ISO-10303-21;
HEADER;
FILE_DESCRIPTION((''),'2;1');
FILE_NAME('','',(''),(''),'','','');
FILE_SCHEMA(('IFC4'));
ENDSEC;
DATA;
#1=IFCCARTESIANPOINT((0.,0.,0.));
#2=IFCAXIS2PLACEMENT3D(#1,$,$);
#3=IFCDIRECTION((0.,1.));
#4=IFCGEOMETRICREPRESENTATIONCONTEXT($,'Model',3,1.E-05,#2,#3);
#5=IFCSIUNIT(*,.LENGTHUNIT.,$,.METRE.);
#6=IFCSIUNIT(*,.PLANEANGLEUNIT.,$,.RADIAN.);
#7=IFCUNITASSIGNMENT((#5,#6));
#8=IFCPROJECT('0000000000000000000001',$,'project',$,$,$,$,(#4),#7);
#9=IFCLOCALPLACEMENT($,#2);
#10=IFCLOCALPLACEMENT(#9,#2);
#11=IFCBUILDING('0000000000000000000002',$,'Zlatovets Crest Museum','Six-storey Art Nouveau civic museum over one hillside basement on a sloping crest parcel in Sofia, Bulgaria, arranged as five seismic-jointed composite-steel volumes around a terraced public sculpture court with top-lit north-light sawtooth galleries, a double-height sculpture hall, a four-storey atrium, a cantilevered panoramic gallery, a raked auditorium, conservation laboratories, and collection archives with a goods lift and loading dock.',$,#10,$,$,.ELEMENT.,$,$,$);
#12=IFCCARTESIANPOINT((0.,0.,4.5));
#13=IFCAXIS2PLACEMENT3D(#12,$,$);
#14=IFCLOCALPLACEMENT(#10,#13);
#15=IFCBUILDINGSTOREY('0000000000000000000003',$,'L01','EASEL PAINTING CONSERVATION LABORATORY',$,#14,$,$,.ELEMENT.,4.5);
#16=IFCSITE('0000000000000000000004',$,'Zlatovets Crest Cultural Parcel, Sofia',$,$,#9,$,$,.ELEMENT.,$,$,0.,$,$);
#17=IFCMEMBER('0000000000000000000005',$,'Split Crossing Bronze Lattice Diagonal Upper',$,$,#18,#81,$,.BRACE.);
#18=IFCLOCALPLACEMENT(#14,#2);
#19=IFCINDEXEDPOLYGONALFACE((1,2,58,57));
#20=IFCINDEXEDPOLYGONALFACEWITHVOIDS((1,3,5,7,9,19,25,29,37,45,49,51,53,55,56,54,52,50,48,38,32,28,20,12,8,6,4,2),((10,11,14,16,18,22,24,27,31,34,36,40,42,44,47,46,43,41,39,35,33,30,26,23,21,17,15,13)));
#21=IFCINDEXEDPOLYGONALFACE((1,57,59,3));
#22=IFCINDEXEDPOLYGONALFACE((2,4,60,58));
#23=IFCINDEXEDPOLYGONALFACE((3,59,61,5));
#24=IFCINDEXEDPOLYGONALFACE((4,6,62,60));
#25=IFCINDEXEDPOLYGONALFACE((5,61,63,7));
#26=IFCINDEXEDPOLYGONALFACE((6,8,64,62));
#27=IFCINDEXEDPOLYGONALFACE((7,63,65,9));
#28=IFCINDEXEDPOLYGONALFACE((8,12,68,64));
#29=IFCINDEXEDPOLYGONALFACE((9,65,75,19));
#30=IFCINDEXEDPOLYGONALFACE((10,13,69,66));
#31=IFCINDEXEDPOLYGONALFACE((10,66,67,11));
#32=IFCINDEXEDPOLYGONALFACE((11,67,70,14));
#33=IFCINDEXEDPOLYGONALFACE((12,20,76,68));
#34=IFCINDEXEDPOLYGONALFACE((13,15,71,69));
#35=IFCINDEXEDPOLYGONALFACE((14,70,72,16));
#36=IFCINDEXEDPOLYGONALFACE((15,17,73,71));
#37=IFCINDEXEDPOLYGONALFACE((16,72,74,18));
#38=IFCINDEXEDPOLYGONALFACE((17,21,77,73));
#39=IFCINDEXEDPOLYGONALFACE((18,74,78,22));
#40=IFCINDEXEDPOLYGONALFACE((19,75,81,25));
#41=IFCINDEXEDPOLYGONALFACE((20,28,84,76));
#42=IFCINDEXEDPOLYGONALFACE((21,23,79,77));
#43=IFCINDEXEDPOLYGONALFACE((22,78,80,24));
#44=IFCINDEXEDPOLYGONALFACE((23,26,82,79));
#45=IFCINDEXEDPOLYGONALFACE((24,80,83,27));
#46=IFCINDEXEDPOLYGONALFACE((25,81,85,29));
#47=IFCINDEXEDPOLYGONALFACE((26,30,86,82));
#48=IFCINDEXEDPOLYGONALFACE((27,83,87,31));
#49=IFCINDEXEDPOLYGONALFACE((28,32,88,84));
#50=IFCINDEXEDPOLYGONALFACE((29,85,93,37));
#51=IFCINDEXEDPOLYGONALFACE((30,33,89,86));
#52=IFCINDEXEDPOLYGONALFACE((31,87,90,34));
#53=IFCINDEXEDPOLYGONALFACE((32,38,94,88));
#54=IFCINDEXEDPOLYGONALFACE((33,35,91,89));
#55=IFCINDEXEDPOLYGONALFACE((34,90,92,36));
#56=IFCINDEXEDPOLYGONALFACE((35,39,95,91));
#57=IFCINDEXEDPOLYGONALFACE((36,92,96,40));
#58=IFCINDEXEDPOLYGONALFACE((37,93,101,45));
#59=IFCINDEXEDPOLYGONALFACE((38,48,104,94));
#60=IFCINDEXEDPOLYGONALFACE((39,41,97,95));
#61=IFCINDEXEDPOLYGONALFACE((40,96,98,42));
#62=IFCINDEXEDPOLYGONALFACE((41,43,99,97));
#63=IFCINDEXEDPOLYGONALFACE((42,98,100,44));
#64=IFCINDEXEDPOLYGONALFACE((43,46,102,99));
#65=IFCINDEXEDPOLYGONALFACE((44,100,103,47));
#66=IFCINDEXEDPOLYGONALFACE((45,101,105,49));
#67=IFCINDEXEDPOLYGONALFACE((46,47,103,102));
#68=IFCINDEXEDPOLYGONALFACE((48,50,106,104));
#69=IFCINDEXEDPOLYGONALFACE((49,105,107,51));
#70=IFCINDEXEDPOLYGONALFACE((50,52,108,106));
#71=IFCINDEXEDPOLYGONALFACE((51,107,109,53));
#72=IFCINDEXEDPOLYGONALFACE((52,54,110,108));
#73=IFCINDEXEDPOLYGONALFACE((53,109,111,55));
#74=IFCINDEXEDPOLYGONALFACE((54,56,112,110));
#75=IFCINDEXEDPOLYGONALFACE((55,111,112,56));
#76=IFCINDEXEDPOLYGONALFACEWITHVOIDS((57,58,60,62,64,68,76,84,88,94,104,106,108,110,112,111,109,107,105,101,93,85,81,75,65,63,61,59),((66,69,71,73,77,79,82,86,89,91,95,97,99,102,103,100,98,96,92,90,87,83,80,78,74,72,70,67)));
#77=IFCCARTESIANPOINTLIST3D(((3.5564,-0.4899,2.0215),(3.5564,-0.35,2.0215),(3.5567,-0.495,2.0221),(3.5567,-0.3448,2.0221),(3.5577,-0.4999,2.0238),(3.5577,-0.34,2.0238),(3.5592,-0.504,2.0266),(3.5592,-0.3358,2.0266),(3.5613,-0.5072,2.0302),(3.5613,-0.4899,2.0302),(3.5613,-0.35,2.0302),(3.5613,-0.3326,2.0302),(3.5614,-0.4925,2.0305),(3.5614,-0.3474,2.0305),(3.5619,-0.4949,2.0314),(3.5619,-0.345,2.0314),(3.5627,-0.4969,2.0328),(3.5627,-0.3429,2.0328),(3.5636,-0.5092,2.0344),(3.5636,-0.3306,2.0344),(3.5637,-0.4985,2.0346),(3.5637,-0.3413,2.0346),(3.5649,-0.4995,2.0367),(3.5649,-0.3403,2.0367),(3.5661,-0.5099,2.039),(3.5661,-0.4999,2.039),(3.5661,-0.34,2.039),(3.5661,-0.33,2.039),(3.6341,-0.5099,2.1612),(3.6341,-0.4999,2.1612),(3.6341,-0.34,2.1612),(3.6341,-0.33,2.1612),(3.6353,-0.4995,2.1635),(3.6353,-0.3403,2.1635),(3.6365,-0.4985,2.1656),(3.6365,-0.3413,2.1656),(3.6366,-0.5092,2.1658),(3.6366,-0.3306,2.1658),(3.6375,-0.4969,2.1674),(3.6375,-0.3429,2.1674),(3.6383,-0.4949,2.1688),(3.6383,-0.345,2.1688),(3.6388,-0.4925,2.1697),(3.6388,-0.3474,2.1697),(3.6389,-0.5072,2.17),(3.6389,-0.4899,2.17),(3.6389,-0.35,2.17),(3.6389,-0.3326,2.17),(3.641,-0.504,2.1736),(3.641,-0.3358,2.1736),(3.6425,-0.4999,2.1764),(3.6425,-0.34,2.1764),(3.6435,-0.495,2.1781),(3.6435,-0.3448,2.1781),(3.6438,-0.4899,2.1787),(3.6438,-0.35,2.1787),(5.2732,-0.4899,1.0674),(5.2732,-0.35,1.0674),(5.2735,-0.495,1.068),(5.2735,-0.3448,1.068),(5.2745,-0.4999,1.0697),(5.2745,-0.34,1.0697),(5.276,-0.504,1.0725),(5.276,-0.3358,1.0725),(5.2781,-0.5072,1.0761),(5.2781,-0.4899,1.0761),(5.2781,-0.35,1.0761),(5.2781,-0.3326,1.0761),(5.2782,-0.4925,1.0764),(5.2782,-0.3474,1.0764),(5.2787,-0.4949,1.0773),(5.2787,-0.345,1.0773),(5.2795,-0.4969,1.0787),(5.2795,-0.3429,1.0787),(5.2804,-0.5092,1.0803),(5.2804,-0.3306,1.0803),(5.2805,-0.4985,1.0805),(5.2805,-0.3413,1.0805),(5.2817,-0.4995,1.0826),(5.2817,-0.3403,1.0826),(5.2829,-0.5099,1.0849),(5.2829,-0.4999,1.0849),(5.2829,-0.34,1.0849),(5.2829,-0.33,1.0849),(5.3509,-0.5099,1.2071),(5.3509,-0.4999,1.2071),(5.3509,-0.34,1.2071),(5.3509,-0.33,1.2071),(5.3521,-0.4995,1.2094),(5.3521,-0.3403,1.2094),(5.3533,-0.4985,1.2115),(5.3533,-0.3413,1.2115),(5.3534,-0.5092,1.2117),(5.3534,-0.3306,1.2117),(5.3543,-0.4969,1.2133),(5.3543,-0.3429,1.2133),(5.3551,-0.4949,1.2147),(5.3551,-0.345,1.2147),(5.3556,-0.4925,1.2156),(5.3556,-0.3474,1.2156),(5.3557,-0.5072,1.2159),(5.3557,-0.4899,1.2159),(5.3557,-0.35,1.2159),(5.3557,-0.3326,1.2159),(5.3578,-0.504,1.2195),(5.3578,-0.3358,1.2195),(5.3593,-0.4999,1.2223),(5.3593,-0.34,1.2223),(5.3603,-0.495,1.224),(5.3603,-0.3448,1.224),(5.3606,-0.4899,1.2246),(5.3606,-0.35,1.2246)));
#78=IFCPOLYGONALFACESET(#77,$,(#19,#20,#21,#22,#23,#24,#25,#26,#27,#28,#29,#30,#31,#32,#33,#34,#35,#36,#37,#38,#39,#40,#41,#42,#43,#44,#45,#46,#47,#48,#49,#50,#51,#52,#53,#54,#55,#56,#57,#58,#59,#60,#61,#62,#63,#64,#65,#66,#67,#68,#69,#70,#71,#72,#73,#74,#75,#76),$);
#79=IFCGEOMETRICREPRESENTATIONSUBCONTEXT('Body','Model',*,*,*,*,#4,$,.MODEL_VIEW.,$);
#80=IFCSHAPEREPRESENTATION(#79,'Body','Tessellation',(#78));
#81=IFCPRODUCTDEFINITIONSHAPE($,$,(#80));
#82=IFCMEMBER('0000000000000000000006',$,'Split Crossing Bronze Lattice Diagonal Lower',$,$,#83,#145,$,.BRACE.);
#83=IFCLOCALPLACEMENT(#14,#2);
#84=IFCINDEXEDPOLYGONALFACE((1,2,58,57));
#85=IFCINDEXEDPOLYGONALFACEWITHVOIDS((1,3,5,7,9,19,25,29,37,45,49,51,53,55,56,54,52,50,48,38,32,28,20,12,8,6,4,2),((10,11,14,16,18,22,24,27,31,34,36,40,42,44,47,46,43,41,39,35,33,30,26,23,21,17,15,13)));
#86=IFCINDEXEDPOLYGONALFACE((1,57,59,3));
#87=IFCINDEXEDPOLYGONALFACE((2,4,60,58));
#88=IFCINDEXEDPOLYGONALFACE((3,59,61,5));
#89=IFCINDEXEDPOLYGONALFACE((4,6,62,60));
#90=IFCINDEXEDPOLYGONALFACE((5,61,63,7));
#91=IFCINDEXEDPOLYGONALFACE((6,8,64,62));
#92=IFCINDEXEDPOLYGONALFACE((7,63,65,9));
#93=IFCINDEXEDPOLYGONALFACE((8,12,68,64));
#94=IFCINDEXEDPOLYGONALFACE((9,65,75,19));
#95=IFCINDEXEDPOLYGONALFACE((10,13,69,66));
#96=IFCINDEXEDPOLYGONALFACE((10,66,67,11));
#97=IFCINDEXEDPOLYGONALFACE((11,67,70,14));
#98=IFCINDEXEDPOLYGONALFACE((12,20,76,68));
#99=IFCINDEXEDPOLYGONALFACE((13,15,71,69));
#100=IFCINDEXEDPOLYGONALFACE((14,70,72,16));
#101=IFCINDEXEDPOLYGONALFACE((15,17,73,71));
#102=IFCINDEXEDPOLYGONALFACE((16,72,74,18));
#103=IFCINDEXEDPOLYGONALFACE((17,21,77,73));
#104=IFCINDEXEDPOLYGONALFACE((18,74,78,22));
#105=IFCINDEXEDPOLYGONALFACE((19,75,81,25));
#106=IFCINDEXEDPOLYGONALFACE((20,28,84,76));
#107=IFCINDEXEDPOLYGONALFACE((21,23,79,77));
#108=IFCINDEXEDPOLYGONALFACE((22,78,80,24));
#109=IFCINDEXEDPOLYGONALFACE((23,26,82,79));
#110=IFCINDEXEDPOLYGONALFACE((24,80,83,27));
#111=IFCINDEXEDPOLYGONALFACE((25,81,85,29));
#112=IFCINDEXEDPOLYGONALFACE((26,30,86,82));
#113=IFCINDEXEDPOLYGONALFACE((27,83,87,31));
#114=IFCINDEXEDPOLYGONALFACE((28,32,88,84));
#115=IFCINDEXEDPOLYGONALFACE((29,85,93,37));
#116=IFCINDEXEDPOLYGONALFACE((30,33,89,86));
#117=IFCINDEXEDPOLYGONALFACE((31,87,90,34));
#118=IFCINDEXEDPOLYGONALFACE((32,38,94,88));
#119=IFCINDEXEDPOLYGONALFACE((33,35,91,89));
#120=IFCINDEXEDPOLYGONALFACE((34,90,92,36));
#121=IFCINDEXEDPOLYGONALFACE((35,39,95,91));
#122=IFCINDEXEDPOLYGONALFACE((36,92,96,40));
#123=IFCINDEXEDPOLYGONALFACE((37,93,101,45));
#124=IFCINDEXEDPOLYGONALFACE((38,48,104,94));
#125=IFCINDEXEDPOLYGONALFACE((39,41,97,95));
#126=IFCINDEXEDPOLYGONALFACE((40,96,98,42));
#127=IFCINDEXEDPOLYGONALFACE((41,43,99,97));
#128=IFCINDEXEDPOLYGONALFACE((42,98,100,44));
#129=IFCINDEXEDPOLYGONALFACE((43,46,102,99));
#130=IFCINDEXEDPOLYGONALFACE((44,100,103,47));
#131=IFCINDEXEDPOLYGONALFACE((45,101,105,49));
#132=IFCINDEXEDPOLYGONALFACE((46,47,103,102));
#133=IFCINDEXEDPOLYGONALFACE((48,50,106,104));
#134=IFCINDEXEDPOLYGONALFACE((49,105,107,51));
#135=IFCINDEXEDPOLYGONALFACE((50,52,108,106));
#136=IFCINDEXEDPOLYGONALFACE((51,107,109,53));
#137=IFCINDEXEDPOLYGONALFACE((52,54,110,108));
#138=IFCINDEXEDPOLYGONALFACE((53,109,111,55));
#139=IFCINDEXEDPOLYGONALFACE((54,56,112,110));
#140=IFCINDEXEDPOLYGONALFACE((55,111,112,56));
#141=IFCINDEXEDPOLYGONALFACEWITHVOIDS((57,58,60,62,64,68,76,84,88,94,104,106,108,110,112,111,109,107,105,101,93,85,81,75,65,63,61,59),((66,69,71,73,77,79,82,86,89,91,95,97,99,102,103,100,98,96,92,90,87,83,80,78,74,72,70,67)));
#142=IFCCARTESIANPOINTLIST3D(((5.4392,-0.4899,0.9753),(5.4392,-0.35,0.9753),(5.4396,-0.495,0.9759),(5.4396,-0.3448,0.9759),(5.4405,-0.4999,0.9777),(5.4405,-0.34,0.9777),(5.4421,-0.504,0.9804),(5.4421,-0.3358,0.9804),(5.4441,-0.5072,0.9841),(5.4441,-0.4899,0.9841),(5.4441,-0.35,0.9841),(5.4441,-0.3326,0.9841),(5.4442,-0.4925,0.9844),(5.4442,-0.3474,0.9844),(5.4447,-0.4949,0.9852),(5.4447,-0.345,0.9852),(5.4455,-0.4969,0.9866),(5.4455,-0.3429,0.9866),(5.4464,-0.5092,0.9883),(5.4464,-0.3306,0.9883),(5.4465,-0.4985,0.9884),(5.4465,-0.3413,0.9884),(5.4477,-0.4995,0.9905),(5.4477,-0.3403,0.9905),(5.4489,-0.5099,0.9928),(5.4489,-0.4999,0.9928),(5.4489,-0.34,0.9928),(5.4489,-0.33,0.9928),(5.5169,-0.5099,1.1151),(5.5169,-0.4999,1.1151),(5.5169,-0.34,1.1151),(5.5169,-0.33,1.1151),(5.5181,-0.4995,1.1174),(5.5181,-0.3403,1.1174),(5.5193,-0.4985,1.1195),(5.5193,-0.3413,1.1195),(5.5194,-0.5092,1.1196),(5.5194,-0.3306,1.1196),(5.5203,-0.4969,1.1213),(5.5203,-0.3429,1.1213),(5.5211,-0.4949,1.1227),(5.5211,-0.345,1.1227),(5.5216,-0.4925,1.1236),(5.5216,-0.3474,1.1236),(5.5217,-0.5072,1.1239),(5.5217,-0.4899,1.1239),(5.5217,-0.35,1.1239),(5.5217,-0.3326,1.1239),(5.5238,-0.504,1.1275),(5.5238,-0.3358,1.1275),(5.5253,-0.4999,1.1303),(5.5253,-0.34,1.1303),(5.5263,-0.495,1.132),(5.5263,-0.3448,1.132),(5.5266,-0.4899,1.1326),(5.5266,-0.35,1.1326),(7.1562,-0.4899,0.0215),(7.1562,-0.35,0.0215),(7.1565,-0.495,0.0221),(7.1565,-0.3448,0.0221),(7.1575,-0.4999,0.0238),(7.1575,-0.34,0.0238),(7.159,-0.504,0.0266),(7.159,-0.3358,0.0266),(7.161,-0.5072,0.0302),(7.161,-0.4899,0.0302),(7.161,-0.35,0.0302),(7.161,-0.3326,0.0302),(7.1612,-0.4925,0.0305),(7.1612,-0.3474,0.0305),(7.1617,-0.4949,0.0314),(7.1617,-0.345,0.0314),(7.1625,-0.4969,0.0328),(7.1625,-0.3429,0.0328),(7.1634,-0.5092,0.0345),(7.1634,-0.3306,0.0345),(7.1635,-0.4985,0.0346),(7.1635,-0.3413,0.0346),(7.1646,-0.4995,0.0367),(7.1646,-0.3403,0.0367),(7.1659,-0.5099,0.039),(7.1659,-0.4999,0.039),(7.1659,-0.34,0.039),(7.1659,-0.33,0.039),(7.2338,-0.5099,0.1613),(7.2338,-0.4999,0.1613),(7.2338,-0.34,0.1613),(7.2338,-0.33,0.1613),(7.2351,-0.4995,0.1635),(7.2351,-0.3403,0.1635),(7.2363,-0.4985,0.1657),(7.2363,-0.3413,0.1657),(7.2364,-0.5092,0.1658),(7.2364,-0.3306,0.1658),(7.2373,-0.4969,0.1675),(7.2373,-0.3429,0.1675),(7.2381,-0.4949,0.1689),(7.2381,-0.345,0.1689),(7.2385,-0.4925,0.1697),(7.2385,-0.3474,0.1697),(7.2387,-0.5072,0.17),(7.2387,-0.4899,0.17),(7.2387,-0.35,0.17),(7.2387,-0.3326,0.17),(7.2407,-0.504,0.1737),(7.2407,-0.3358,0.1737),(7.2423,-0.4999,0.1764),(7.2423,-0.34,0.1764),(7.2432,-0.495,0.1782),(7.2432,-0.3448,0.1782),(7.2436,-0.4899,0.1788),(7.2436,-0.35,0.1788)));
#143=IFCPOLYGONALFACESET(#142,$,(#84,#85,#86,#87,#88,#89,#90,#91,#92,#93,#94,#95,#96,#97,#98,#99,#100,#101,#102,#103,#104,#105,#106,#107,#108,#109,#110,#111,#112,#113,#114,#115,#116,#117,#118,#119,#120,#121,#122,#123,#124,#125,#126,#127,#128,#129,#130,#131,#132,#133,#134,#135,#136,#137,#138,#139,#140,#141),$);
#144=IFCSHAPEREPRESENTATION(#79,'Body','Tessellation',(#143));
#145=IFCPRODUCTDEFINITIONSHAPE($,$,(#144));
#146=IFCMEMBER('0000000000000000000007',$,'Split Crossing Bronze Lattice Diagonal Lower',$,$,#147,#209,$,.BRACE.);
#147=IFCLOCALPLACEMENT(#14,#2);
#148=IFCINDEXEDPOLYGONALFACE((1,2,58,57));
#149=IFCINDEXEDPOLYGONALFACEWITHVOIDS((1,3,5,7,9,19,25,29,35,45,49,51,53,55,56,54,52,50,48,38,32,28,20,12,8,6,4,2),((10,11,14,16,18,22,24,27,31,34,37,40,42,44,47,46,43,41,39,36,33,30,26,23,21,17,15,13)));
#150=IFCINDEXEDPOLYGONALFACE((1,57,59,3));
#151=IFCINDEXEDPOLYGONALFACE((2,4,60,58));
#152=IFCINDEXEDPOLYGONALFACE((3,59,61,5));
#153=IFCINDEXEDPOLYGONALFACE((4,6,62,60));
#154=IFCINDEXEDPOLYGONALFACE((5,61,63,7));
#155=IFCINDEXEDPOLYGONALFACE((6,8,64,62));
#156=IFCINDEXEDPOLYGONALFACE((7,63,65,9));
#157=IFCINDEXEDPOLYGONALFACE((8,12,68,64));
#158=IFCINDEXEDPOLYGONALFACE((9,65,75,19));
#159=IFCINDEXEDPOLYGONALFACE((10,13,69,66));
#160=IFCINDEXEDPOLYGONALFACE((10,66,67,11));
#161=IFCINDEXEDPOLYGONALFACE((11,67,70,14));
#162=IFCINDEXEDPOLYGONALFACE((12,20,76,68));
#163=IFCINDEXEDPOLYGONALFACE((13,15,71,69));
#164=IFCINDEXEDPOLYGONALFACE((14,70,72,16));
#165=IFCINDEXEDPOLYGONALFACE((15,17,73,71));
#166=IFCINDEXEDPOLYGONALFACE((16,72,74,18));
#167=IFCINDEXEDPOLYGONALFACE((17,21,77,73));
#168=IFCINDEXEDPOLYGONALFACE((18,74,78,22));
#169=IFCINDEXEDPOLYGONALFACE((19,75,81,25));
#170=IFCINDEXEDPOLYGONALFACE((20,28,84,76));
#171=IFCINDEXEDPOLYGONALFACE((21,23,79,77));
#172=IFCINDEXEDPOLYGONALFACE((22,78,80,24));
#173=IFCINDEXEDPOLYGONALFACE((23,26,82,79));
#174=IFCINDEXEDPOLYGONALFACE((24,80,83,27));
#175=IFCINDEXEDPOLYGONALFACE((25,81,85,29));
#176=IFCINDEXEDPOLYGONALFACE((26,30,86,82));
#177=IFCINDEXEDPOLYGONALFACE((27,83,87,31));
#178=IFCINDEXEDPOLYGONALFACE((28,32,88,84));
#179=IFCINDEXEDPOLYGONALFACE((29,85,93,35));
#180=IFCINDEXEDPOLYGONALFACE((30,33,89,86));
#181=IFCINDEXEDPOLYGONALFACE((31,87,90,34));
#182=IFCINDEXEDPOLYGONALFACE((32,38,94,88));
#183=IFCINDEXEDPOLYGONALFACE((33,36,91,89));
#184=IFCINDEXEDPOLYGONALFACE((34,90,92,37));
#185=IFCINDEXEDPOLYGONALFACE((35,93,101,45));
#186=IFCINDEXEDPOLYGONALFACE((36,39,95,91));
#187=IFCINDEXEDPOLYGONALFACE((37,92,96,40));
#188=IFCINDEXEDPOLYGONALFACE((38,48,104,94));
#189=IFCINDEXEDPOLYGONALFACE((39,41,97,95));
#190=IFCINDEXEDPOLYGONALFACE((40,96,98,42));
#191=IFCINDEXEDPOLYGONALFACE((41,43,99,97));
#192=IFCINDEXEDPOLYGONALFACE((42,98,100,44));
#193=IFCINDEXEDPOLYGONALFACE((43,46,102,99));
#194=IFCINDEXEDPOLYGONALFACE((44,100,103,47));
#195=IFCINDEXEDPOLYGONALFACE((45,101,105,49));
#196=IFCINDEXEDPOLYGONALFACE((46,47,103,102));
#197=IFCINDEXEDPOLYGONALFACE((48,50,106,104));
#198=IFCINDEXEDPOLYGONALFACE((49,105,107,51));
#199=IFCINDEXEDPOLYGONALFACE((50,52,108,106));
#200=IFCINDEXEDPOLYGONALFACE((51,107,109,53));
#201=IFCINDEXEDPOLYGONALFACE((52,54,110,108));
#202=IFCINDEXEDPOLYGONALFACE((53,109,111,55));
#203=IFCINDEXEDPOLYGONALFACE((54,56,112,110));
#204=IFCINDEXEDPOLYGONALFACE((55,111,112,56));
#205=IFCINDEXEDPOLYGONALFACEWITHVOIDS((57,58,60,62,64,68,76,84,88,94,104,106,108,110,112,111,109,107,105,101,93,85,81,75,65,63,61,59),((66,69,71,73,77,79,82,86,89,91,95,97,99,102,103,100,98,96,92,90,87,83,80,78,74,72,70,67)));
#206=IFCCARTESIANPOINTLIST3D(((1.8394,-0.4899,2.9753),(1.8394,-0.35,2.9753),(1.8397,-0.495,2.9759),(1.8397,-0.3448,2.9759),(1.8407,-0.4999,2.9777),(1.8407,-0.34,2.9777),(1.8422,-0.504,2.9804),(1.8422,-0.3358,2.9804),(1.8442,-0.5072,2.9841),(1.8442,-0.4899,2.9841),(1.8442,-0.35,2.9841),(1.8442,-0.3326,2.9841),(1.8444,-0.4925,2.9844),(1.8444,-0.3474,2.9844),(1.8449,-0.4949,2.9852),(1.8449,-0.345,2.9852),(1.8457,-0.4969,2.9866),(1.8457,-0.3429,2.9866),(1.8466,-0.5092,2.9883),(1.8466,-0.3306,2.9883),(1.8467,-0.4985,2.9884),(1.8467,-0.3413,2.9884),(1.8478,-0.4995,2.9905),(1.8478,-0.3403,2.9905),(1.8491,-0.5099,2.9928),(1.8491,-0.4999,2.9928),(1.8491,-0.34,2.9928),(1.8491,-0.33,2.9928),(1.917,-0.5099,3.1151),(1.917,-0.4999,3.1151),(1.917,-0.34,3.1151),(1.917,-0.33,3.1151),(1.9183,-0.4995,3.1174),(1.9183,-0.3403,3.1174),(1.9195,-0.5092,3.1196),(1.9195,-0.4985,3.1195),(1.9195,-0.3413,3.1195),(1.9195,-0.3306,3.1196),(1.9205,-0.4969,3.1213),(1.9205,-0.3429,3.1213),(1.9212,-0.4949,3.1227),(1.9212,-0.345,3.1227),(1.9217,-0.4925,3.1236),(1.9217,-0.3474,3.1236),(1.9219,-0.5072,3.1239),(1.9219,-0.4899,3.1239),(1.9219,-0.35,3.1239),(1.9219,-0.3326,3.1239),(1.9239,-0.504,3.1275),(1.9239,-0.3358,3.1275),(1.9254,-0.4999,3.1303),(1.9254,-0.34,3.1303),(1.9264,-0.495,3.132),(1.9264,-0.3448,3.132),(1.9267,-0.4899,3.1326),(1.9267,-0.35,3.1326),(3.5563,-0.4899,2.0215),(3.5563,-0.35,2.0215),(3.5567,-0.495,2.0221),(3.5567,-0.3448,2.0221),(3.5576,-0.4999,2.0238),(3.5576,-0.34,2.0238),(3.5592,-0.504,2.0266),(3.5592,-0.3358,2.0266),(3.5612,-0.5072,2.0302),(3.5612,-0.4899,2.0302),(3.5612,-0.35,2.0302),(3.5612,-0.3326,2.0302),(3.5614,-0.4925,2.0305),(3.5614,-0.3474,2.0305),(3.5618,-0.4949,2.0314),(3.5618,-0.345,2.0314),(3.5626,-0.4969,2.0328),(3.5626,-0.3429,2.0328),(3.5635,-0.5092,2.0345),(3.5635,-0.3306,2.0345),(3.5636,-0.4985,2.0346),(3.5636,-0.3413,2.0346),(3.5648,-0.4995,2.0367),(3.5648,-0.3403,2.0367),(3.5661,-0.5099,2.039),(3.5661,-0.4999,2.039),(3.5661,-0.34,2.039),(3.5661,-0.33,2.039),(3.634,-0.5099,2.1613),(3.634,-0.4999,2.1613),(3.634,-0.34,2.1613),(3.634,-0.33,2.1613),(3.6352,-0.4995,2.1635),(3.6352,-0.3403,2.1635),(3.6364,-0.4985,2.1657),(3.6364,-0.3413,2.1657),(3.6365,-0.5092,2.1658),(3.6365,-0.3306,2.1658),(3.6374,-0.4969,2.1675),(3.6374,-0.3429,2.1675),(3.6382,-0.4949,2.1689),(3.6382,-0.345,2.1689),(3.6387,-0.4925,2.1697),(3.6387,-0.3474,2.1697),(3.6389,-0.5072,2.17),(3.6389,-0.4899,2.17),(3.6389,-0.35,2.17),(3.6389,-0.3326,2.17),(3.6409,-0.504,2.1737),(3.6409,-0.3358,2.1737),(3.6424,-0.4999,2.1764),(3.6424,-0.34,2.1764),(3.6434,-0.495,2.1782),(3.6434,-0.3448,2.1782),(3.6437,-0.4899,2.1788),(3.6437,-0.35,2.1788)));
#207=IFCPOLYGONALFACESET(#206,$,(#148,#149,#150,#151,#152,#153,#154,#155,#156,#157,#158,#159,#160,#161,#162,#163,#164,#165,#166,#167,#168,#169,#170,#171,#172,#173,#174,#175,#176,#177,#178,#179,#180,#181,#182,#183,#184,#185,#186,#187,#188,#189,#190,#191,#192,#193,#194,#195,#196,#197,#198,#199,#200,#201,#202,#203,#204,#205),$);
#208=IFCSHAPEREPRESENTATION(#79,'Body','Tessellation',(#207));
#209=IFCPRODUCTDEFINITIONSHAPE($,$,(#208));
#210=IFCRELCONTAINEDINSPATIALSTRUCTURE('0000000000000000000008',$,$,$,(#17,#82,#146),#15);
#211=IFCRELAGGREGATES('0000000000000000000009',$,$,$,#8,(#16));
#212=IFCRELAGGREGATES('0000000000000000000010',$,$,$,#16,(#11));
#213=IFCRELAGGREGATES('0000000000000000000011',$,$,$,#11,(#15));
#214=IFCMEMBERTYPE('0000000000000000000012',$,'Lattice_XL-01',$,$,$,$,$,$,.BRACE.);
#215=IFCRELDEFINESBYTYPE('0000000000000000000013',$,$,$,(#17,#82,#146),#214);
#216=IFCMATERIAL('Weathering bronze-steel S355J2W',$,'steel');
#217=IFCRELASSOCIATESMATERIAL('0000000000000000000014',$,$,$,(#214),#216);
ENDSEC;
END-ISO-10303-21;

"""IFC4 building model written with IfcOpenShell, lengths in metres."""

from ifc_helpers import new_model, si_unit, direction, frame, origin, origin_2d, place, context, subcontext, project, spatial, hollow_rectangle, extrude, material, material_profile, profile_set, type_object, element, save


model = new_model("IFC4")

# Units and contexts
model_context = context("Model", 3, precision=1e-05, world=origin(), true_north=direction((0.0, 1.0)))
body_context = subcontext(model_context, "Body", "Model", "MODEL_VIEW")
ifc_project = project(units=[si_unit("LENGTHUNIT", "METRE"), si_unit("PLANEANGLEUNIT", "RADIAN")], contexts=[model_context])

# Site, building, storey
site_placement = place(None, origin())
site = spatial("IfcSite", under=ifc_project, at=site_placement, Name="Zlatovets Crest Cultural Parcel, Sofia", CompositionType="ELEMENT", RefElevation=0.0)
building_placement = place(site_placement, origin())
building = spatial("IfcBuilding", under=site, at=building_placement, Name="Zlatovets Crest Museum", Description="Six-storey Art Nouveau civic museum over one hillside basement on a sloping crest parcel in Sofia, Bulgaria, arranged as five seismic-jointed composite-steel volumes around a terraced public sculpture court with top-lit north-light sawtooth galleries, a double-height sculpture hall, a four-storey atrium, a cantilevered panoramic gallery, a raked auditorium, conservation laboratories, and collection archives with a goods lift and loading dock.", CompositionType="ELEMENT")
storey_placement = place(building_placement, frame((0.0, 0.0, 4.5)))
storey = spatial("IfcBuildingStorey", under=building, at=storey_placement, Name="L01", Description="EASEL PAINTING CONSERVATION LABORATORY", CompositionType="ELEMENT", Elevation=4.5)

# Members
ifc_material_1 = material(Name="Weathering bronze-steel S355J2W", Category="steel")
ifc_material_profile_1 = material_profile(ifc_material_1, hollow_rectangle(XDim=0.1799, YDim=0.1799, WallThickness=0.01, InnerFilletRadius=0.01, OuterFilletRadius=0.02, at=origin_2d()), Name="SHS 180x180x10.0")
ifc_profile_set_1 = profile_set([ifc_material_profile_1], Name="Weathering bronze-steel S355J2W")
member_type_1 = type_object("IfcMemberType", Name="Lattice_XL-01", PredefinedType="BRACE", material=ifc_profile_set_1)
for number, where, z_axis, x_axis, name in (
    (1, (3.6001, -0.4199, 2.1001), (0.874087, 0.0, -0.48577), (0.0, 1.0, 0.0), "Split Crossing Bronze Lattice Diagonal Upper"),
    (2, (5.4829, -0.4199, 1.054), (0.874169, 0.0, -0.485622), (0.0, 1.0, 0.0), "Split Crossing Bronze Lattice Diagonal Lower"),
    (3, (1.8831, -0.4199, 3.054), (0.874169, 0.0, -0.485622), (0.0, 1.0, 0.0), "Split Crossing Bronze Lattice Diagonal Lower"),
):
    element("IfcMember", number, at=place(storey_placement, frame(where, z_axis=z_axis, x_axis=x_axis)), inside=storey, type_object=member_type_1, Name=name, PredefinedType="BRACE", context=body_context, shape_type="SweptSolid", body=[
        extrude(hollow_rectangle(XDim=0.1799, YDim=0.1799, WallThickness=0.01, InnerFilletRadius=0.01, OuterFilletRadius=0.02, at=origin_2d()), origin(), (0.0, 0.0, 1.0), 1.9641),
    ])

save(model, "model.ifc")
